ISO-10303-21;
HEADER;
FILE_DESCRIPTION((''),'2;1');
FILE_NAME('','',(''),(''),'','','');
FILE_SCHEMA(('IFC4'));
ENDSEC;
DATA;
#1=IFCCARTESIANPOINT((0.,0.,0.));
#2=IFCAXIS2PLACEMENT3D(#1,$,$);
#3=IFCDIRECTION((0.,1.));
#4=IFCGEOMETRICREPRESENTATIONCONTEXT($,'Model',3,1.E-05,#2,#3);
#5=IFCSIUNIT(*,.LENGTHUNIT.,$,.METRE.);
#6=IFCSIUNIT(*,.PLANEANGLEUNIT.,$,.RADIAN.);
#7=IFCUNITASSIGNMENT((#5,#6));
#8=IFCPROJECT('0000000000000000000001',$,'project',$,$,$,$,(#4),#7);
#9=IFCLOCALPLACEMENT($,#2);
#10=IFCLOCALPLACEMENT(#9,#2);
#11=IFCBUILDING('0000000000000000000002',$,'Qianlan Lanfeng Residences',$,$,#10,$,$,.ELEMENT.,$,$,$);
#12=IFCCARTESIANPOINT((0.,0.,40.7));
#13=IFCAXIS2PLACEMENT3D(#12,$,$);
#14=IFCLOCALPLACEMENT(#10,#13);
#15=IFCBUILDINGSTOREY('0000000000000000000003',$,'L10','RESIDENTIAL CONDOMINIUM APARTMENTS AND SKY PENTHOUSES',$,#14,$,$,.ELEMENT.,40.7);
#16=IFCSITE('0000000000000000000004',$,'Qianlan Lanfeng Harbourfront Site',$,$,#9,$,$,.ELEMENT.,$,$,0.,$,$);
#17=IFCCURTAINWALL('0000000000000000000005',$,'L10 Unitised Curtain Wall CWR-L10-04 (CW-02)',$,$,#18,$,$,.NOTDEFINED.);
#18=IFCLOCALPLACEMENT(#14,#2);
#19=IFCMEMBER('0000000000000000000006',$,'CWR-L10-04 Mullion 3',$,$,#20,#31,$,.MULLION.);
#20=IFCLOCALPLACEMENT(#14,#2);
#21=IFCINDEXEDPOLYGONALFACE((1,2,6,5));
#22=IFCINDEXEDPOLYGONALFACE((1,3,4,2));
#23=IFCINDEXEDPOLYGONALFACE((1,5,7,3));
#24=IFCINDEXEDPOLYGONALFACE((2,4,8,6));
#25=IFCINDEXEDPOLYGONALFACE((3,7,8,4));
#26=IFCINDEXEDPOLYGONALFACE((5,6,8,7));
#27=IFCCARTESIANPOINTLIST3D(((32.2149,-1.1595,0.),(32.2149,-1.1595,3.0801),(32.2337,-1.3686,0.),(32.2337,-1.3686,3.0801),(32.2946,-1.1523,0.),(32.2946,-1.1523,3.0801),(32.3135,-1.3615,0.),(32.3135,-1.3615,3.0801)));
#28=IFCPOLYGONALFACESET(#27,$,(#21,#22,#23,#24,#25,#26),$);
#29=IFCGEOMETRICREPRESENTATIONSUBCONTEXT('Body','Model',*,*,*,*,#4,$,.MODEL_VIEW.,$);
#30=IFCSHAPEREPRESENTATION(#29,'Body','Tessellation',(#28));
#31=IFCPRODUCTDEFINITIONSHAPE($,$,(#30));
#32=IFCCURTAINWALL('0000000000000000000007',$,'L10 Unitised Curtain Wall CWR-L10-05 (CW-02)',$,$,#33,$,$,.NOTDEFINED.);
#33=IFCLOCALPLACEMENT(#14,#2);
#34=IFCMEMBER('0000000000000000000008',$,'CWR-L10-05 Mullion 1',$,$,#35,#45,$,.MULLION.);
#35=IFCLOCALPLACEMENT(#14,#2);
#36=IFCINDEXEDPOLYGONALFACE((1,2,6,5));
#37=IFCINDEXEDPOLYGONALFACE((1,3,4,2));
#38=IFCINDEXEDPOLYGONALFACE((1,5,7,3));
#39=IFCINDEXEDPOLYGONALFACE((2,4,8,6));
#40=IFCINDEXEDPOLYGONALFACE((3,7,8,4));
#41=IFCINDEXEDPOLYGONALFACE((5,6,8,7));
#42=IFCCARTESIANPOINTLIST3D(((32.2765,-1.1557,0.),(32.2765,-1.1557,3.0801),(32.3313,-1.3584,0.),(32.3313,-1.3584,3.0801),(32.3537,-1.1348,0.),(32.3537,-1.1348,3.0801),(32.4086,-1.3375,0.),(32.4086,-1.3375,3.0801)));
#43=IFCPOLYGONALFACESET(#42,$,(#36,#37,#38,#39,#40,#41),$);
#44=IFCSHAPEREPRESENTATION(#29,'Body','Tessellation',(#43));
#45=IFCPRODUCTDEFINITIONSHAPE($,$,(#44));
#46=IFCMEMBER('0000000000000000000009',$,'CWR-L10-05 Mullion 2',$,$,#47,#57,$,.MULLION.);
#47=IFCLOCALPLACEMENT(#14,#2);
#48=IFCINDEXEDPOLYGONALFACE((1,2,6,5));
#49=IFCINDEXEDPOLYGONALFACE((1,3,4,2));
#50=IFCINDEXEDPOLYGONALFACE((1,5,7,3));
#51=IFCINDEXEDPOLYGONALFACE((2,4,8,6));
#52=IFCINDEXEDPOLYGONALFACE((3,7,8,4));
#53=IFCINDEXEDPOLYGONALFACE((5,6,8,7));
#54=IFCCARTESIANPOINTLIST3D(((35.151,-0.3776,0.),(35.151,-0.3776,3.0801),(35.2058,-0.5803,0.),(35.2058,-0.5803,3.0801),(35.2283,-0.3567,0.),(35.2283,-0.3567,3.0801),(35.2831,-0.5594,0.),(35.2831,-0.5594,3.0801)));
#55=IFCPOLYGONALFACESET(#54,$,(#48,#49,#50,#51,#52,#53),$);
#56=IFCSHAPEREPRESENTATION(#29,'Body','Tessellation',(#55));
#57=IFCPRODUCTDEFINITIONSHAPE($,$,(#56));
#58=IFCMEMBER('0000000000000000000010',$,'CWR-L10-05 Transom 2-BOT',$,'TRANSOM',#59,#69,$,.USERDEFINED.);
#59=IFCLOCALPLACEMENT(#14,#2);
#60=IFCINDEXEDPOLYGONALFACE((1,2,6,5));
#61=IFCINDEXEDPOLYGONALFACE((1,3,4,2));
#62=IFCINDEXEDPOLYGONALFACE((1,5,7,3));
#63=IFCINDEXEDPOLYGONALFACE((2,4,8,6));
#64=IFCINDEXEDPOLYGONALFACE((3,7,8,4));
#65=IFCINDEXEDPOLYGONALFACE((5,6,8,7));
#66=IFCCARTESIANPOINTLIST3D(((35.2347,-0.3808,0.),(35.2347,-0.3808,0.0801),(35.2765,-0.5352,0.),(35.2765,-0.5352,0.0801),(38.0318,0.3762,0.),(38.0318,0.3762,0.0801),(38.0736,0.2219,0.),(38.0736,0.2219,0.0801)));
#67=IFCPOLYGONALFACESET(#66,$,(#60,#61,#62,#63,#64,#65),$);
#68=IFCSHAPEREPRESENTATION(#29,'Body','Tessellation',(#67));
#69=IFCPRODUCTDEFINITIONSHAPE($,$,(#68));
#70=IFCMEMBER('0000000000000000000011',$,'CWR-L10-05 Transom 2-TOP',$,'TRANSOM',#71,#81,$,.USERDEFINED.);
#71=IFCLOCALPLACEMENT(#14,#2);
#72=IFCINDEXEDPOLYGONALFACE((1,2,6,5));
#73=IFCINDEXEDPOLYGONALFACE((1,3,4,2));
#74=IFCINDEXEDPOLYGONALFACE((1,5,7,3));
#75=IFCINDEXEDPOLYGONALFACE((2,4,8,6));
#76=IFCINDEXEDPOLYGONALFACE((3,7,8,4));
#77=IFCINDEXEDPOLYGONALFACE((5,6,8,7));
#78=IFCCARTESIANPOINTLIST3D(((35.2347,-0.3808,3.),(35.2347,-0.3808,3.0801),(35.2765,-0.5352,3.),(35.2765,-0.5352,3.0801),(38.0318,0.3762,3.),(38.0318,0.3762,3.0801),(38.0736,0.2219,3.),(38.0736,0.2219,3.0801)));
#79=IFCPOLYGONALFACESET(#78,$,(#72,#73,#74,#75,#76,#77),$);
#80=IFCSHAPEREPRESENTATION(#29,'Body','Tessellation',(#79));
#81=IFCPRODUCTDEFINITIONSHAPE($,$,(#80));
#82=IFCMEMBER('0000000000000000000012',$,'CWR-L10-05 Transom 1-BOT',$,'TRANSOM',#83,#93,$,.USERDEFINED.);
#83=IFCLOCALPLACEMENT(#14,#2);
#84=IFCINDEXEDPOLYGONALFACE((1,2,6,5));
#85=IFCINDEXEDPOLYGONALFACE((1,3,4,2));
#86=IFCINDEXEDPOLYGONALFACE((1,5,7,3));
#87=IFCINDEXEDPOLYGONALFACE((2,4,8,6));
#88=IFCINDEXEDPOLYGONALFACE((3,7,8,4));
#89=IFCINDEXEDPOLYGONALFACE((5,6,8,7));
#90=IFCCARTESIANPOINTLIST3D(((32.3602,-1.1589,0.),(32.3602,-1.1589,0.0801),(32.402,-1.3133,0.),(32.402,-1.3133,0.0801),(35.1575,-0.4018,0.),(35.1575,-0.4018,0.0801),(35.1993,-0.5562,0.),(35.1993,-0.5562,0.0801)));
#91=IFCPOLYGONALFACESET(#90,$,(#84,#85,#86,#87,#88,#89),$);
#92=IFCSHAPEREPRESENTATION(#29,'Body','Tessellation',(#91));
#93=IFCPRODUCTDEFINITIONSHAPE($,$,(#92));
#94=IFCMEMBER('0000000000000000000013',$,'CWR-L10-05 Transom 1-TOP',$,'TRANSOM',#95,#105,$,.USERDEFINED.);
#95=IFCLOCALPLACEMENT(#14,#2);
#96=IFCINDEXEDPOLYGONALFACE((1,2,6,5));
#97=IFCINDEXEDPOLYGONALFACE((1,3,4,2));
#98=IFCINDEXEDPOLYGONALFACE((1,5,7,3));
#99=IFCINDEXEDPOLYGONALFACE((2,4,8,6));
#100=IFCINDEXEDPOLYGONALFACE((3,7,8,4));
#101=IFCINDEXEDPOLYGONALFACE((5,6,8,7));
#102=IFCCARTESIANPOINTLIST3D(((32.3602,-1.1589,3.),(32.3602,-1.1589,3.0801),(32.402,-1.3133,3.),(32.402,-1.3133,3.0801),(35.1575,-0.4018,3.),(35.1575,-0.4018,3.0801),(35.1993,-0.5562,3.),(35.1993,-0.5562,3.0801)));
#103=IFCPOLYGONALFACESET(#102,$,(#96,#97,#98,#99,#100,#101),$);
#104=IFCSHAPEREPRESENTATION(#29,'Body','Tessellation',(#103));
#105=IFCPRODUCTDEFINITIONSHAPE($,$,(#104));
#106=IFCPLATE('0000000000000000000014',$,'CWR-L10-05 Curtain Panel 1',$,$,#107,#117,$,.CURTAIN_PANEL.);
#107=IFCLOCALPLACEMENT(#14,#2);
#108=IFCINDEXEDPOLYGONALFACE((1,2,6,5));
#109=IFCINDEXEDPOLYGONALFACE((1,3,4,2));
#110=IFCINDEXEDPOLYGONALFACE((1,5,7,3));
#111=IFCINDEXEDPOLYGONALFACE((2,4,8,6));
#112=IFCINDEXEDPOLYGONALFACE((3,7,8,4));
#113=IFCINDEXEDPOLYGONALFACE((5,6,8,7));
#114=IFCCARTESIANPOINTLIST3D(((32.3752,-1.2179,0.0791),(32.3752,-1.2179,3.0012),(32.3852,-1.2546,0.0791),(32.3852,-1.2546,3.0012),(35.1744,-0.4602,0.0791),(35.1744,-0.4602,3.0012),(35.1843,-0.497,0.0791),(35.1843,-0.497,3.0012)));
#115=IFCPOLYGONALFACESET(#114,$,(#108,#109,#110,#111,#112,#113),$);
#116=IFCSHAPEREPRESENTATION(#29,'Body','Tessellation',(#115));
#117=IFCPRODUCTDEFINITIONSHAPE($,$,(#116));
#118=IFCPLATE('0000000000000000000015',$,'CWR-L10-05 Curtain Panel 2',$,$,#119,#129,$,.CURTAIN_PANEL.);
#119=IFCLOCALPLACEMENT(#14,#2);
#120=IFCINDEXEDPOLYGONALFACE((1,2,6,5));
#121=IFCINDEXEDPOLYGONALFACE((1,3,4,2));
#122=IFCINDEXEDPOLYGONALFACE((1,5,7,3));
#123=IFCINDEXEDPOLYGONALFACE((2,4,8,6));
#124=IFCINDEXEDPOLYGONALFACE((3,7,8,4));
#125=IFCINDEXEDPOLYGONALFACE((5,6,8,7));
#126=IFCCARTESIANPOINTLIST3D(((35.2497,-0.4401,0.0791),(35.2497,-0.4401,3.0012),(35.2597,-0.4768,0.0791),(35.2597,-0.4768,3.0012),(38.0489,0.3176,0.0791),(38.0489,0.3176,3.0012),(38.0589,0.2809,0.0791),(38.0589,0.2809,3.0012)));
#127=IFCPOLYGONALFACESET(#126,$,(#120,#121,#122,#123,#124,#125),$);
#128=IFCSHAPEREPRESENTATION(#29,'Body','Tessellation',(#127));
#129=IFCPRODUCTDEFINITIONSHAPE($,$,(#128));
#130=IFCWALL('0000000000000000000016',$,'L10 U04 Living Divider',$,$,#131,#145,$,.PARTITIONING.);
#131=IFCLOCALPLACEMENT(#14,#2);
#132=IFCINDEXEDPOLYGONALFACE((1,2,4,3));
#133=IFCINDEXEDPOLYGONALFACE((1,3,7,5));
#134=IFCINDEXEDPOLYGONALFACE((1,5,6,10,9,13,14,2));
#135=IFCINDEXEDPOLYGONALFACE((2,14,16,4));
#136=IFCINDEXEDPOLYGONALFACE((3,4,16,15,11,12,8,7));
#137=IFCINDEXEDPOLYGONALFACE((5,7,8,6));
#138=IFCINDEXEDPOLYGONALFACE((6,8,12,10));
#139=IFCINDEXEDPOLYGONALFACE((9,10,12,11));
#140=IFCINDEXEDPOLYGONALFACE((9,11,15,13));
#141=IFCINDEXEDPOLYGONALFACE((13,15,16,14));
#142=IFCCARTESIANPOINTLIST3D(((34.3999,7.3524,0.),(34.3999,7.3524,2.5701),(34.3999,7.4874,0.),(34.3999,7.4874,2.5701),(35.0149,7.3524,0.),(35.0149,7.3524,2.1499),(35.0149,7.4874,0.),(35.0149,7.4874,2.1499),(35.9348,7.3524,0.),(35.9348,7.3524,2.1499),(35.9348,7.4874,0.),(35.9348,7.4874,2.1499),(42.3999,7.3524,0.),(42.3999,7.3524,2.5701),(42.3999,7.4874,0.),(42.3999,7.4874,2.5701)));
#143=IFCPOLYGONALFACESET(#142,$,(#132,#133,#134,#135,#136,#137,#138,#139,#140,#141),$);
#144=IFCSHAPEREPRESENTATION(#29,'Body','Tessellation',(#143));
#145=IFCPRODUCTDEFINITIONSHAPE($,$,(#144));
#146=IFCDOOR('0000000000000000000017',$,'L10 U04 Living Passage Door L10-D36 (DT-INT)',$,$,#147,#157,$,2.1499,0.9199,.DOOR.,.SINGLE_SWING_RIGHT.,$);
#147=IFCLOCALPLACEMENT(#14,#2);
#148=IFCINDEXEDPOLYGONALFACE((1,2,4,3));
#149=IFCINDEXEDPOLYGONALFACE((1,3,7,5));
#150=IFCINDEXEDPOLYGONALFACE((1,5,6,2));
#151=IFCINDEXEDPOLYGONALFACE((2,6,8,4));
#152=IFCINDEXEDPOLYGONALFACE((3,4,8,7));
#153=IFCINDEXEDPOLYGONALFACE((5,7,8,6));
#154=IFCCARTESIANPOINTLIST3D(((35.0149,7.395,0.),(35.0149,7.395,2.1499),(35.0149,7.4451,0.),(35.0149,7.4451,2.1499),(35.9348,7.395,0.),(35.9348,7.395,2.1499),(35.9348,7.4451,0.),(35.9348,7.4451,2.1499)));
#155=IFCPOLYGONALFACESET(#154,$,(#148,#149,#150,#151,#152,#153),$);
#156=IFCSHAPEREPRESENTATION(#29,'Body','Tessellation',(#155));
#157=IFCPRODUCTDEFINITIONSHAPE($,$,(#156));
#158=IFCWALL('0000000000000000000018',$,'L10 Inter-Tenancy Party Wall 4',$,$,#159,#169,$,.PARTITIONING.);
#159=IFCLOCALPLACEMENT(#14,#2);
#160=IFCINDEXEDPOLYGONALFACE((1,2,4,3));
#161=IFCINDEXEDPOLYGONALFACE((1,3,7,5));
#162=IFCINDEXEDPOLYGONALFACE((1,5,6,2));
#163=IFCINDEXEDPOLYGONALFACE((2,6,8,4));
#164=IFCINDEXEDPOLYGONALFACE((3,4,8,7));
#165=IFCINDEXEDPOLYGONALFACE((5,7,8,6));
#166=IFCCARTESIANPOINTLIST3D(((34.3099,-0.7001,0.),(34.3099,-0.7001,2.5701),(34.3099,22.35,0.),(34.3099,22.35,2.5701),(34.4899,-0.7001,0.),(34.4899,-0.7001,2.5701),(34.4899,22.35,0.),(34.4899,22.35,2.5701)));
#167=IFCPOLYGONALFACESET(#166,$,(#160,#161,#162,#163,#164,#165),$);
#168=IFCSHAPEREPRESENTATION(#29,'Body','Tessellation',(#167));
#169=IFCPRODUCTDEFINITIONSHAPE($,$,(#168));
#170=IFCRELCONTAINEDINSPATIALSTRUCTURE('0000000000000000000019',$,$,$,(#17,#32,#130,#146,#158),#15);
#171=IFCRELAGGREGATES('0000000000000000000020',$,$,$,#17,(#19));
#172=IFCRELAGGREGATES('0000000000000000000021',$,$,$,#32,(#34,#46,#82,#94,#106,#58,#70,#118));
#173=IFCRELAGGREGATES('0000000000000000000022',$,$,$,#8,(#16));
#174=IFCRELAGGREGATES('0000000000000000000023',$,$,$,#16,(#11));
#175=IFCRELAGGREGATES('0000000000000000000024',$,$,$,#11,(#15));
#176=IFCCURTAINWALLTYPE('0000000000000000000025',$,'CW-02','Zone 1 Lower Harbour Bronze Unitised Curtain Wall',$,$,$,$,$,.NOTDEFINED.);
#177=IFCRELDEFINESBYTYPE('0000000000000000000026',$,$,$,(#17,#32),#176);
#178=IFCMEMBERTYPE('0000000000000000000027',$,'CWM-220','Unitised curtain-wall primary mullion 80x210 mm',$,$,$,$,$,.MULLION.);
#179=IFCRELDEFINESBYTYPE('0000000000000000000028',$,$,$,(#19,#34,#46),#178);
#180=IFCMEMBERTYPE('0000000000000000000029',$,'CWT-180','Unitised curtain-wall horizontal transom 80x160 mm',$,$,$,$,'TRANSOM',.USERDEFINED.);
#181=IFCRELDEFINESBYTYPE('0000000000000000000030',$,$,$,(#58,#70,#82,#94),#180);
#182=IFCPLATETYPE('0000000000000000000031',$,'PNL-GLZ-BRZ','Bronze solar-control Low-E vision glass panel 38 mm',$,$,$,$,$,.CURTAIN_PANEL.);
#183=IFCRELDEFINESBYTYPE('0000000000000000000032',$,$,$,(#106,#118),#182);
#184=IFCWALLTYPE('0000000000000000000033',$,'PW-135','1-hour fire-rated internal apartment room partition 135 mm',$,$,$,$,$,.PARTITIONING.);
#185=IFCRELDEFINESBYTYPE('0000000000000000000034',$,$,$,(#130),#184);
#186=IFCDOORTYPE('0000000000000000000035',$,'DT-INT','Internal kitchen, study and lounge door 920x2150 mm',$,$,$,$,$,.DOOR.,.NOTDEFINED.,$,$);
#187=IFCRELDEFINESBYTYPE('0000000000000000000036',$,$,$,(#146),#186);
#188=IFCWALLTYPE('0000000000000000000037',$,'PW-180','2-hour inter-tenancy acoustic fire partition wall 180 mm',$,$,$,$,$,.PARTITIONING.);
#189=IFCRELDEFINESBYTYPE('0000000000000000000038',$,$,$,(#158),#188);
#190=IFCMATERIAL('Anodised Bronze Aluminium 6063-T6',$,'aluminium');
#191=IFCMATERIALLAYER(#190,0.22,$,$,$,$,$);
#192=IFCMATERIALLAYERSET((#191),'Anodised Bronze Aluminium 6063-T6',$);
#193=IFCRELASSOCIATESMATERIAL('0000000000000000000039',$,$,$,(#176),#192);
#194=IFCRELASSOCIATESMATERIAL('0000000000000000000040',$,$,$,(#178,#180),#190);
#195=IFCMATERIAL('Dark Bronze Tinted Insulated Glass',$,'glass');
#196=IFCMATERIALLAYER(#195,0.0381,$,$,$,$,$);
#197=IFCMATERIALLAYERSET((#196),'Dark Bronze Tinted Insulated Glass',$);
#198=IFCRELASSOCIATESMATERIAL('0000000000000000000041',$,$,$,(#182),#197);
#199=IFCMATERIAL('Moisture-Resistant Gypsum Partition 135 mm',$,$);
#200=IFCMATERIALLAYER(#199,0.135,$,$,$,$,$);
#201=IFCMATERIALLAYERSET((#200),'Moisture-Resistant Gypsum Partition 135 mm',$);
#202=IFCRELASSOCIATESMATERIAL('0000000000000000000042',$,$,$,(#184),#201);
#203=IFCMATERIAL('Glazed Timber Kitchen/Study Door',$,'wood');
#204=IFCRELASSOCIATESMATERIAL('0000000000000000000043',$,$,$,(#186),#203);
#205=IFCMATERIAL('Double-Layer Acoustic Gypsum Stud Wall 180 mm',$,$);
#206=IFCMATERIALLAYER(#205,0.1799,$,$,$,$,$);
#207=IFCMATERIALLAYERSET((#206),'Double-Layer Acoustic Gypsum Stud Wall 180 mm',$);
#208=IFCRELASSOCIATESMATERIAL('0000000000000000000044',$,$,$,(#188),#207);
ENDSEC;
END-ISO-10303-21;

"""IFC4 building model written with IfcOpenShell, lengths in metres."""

from ifc_helpers import new_model, si_unit, direction, frame, frame_2d, origin, origin_2d, place, context, subcontext, project, spatial, rectangle, extrude, source, transform, mapped, material, layer, layer_set, material_profile, profile_set, type_object, element, fill, aggregate, save


model = new_model("IFC4")

# Units and contexts
model_context = context("Model", 3, precision=1e-05, world=origin(), true_north=direction((0.0, 1.0)))
body_context = subcontext(model_context, "Body", "Model", "MODEL_VIEW")
ifc_project = project(units=[si_unit("LENGTHUNIT", "METRE"), si_unit("PLANEANGLEUNIT", "RADIAN")], contexts=[model_context])

# Site, building, storey
site_placement = place(None, origin())
site = spatial("IfcSite", under=ifc_project, at=site_placement, Name="Qianlan Lanfeng Harbourfront Site", CompositionType="ELEMENT", RefElevation=0.0)
building_placement = place(site_placement, origin())
building = spatial("IfcBuilding", under=site, at=building_placement, Name="Qianlan Lanfeng Residences", CompositionType="ELEMENT")
storey_placement = place(building_placement, frame((0.0, 0.0, 40.7)))
storey = spatial("IfcBuildingStorey", under=building, at=storey_placement, Name="L10", Description="RESIDENTIAL CONDOMINIUM APARTMENTS AND SKY PENTHOUSES", CompositionType="ELEMENT", Elevation=40.7)

# Curtain wall, member
ifc_material_1 = material(Name="Anodised Bronze Aluminium 6063-T6", Category="aluminium")
ifc_layer_1 = layer(ifc_material_1, 0.22)
ifc_layer_set_1 = layer_set([ifc_layer_1], Name="Anodised Bronze Aluminium 6063-T6")
curtain_wall_type = type_object("IfcCurtainWallType", Name="CW-02", Description="Zone 1 Lower Harbour Bronze Unitised Curtain Wall", PredefinedType="NOTDEFINED", material=ifc_layer_set_1)
curtain_wall_1_placement = place(storey_placement, origin())
curtain_wall_1 = element("IfcCurtainWall", 1, at=curtain_wall_1_placement, inside=storey, type_object=curtain_wall_type, Name="L10 Unitised Curtain Wall CWR-L10-04 (CW-02)", PredefinedType="NOTDEFINED")
ifc_material_profile_1 = material_profile(ifc_material_1, rectangle(XDim=0.0801, YDim=0.21, at=origin_2d()), Name="ALU MULLION 80x210")
ifc_profile_set_1 = profile_set([ifc_material_profile_1], Name="Anodised Bronze Aluminium 6063-T6")
member_type_1 = type_object("IfcMemberType", Name="CWM-220", Description="Unitised curtain-wall primary mullion 80x210 mm", PredefinedType="MULLION", material=ifc_profile_set_1)
shared_shape_1 = source(origin(), body_context, "Body", "SweptSolid", [
    extrude(rectangle(XDim=0.0801, YDim=0.21, at=origin_2d()), origin(), (0.0, 0.0, 1.0), 3.0801),
])
member_1_placement = place(storey_placement, frame((32.2642, -1.2605, 0.0), z_axis=(0.0, 0.0, 1.0), x_axis=(0.995965, 0.089746, 0.0)))
member_1 = element("IfcMember", 2, at=member_1_placement, type_object=member_type_1, Name="CWR-L10-04 Mullion 3", PredefinedType="MULLION", context=body_context, shape_type="MappedRepresentation", body=[
    mapped(shared_shape_1, transform((0.0, 0.0, 0.0), scale=1.0)),
])
aggregate(curtain_wall_1, [member_1])

# Curtain wall, members, plates
curtain_wall_2_placement = place(storey_placement, origin())
curtain_wall_2 = element("IfcCurtainWall", 3, at=curtain_wall_2_placement, inside=storey, type_object=curtain_wall_type, Name="L10 Unitised Curtain Wall CWR-L10-05 (CW-02)", PredefinedType="NOTDEFINED")
member_2_placement = place(storey_placement, frame((32.3425, -1.2466, 0.0), z_axis=(0.0, 0.0, 1.0), x_axis=(0.965263, 0.261281, 0.0)))
member_2 = element("IfcMember", 4, at=member_2_placement, type_object=member_type_1, Name="CWR-L10-05 Mullion 1", PredefinedType="MULLION", context=body_context, shape_type="MappedRepresentation", body=[
    mapped(shared_shape_1, transform((0.0, 0.0, 0.0), scale=1.0)),
])
member_3_placement = place(storey_placement, frame((35.217, -0.4685, 0.0), z_axis=(0.0, 0.0, 1.0), x_axis=(0.965263, 0.261281, 0.0)))
member_3 = element("IfcMember", 5, at=member_3_placement, type_object=member_type_1, Name="CWR-L10-05 Mullion 2", PredefinedType="MULLION", context=body_context, shape_type="MappedRepresentation", body=[
    mapped(shared_shape_1, transform((0.0, 0.0, 0.0), scale=1.0)),
])
ifc_material_profile_2 = material_profile(ifc_material_1, rectangle(XDim=0.0801, YDim=0.1599, at=origin_2d()), Name="ALU TRANSOM 80x160")
ifc_profile_set_2 = profile_set([ifc_material_profile_2], Name="Anodised Bronze Aluminium 6063-T6")
member_type_2 = type_object("IfcMemberType", Name="CWT-180", Description="Unitised curtain-wall horizontal transom 80x160 mm", ElementType="TRANSOM", PredefinedType="USERDEFINED", material=ifc_profile_set_2)
shared_shape_2 = source(origin(), body_context, "Body", "SweptSolid", [
    extrude(rectangle(XDim=0.0801, YDim=0.1599, at=origin_2d()), origin(), (0.0, 0.0, 1.0), 2.8977),
])
member_4_placement = place(storey_placement, frame((35.2556, -0.458, 0.04), z_axis=(0.965268, 0.261263, 0.0), x_axis=(0.0, 0.0, 1.0)))
member_4 = element("IfcMember", 6, at=member_4_placement, type_object=member_type_2, Name="CWR-L10-05 Transom 2-BOT", ObjectType="TRANSOM", PredefinedType="USERDEFINED", context=body_context, shape_type="MappedRepresentation", body=[
    mapped(shared_shape_2, transform((0.0, 0.0, 0.0), scale=1.0)),
])
member_5_placement = place(storey_placement, frame((35.2556, -0.458, 3.04), z_axis=(0.965268, 0.261263, 0.0), x_axis=(0.0, 0.0, 1.0)))
member_5 = element("IfcMember", 7, at=member_5_placement, type_object=member_type_2, Name="CWR-L10-05 Transom 2-TOP", ObjectType="TRANSOM", PredefinedType="USERDEFINED", context=body_context, shape_type="MappedRepresentation", body=[
    mapped(shared_shape_2, transform((0.0, 0.0, 0.0), scale=1.0)),
])
shared_shape_3 = source(origin(), body_context, "Body", "SweptSolid", [
    extrude(rectangle(XDim=0.0801, YDim=0.1599, at=origin_2d()), origin(), (0.0, 0.0, 1.0), 2.8979),
])
member_6_placement = place(storey_placement, frame((32.3811, -1.2361, 0.04), z_axis=(0.965273, 0.261242, 0.0), x_axis=(0.0, 0.0, 1.0)))
member_6 = element("IfcMember", 8, at=member_6_placement, type_object=member_type_2, Name="CWR-L10-05 Transom 1-BOT", ObjectType="TRANSOM", PredefinedType="USERDEFINED", context=body_context, shape_type="MappedRepresentation", body=[
    mapped(shared_shape_3, transform((0.0, 0.0, 0.0), scale=1.0)),
])
member_7_placement = place(storey_placement, frame((32.3811, -1.2361, 3.04), z_axis=(0.965273, 0.261242, 0.0), x_axis=(0.0, 0.0, 1.0)))
member_7 = element("IfcMember", 9, at=member_7_placement, type_object=member_type_2, Name="CWR-L10-05 Transom 1-TOP", ObjectType="TRANSOM", PredefinedType="USERDEFINED", context=body_context, shape_type="MappedRepresentation", body=[
    mapped(shared_shape_3, transform((0.0, 0.0, 0.0), scale=1.0)),
])
ifc_material_2 = material(Name="Dark Bronze Tinted Insulated Glass", Category="glass")
ifc_layer_2 = layer(ifc_material_2, 0.0381)
ifc_layer_set_2 = layer_set([ifc_layer_2], Name="Dark Bronze Tinted Insulated Glass")
plate_type = type_object("IfcPlateType", Name="PNL-GLZ-BRZ", Description="Bronze solar-control Low-E vision glass panel 38 mm", PredefinedType="CURTAIN_PANEL", material=ifc_layer_set_2)
shared_shape_4 = source(origin(), body_context, "Body", "SweptSolid", [
    extrude(rectangle(XDim=2.8999, YDim=0.0381, at=origin_2d()), origin(), (0.0, 0.0, 1.0), 2.9221),
])
plate_1_placement = place(storey_placement, frame((33.7798, -0.8574, 0.0791), z_axis=(0.0, 0.0, 1.0), x_axis=(0.965263, 0.261281, 0.0)))
plate_1 = element("IfcPlate", 10, at=plate_1_placement, type_object=plate_type, Name="CWR-L10-05 Curtain Panel 1", PredefinedType="CURTAIN_PANEL", context=body_context, shape_type="MappedRepresentation", body=[
    mapped(shared_shape_4, transform((0.0, 0.0, 0.0), scale=1.0)),
])
plate_2_placement = place(storey_placement, frame((36.6543, -0.0796, 0.0791), z_axis=(0.0, 0.0, 1.0), x_axis=(0.965263, 0.261281, 0.0)))
plate_2 = element("IfcPlate", 11, at=plate_2_placement, type_object=plate_type, Name="CWR-L10-05 Curtain Panel 2", PredefinedType="CURTAIN_PANEL", context=body_context, shape_type="MappedRepresentation", body=[
    mapped(shared_shape_4, transform((0.0, 0.0, 0.0), scale=1.0)),
])
aggregate(curtain_wall_2, [member_2, member_3, member_6, member_7, plate_1, member_4, member_5, plate_2])

# Wall, opening, door
ifc_material_3 = material(Name="Moisture-Resistant Gypsum Partition 135 mm")
ifc_layer_3 = layer(ifc_material_3, 0.135)
ifc_layer_set_3 = layer_set([ifc_layer_3], Name="Moisture-Resistant Gypsum Partition 135 mm")
wall_type_1 = type_object("IfcWallType", Name="PW-135", Description="1-hour fire-rated internal apartment room partition 135 mm", PredefinedType="PARTITIONING", material=ifc_layer_set_3)
wall_1_placement = place(storey_placement, frame((34.3999, 7.4199, 0.0), z_axis=(0.0, 0.0, 1.0), x_axis=(1.0, 0.0, 0.0)))
wall_1 = element("IfcWall", 12, at=wall_1_placement, inside=storey, type_object=wall_type_1, Name="L10 U04 Living Divider", PredefinedType="PARTITIONING", context=body_context, shape_type="SweptSolid", body=[
    extrude(rectangle(XDim=8.0, YDim=0.135, at=frame_2d((4.0, 0.0))), origin(), (0.0, 0.0, 1.0), 2.5701),
])
opening_1_placement = place(wall_1_placement, frame((0.615, 0.0, 0.0)))
opening_1 = element("IfcOpeningElement", 13, at=opening_1_placement, cuts=wall_1, PredefinedType="OPENING", context=body_context, shape_type="SweptSolid", body=[
    extrude(rectangle(XDim=0.9199, YDim=2.1499, at=frame_2d((0.46, 1.075))), frame((0.0, 0.0776, 0.0), z_axis=(0.0, -1.0, 0.0), x_axis=(1.0, 0.0, 0.0)), (0.0, 0.0, 1.0), 0.155),
])
ifc_material_4 = material(Name="Glazed Timber Kitchen/Study Door", Category="wood")
door_type_1 = type_object("IfcDoorType", Name="DT-INT", Description="Internal kitchen, study and lounge door 920x2150 mm", OperationType="NOTDEFINED", PredefinedType="DOOR", material=ifc_material_4)
door_1_placement = place(opening_1_placement, frame((0.9199, 0.0, 0.0), z_axis=(0.0, 0.0, 1.0), x_axis=(-1.0, 0.0, 0.0)))
door_1 = element("IfcDoor", 14, at=door_1_placement, inside=storey, type_object=door_type_1, Name="L10 U04 Living Passage Door L10-D36 (DT-INT)", OperationType="SINGLE_SWING_RIGHT", OverallHeight=2.1499, OverallWidth=0.9199, PredefinedType="DOOR", context=body_context, shape_type="SweptSolid", body=[
    extrude(rectangle(XDim=0.9199, YDim=2.1499, at=frame_2d((0.46, 1.075))), frame((0.0, 0.0249, 0.0), z_axis=(0.0, -1.0, 0.0), x_axis=(1.0, 0.0, 0.0)), (0.0, 0.0, 1.0), 0.05),
])
fill(opening_1, door_1)

# Wall
ifc_material_5 = material(Name="Double-Layer Acoustic Gypsum Stud Wall 180 mm")
ifc_layer_4 = layer(ifc_material_5, 0.1799)
ifc_layer_set_4 = layer_set([ifc_layer_4], Name="Double-Layer Acoustic Gypsum Stud Wall 180 mm")
wall_type_2 = type_object("IfcWallType", Name="PW-180", Description="2-hour inter-tenancy acoustic fire partition wall 180 mm", PredefinedType="PARTITIONING", material=ifc_layer_set_4)
wall_2_placement = place(storey_placement, frame((34.3999, -0.7, 0.0), z_axis=(0.0, 0.0, 1.0), x_axis=(0.0, 1.0, 0.0)))
element("IfcWall", 15, at=wall_2_placement, inside=storey, type_object=wall_type_2, Name="L10 Inter-Tenancy Party Wall 4", PredefinedType="PARTITIONING", context=body_context, shape_type="SweptSolid", body=[
    extrude(rectangle(XDim=23.05, YDim=0.1799, at=frame_2d((11.5249, 0.0))), origin(), (0.0, 0.0, 1.0), 2.5701),
])

save(model, "model.ifc")
